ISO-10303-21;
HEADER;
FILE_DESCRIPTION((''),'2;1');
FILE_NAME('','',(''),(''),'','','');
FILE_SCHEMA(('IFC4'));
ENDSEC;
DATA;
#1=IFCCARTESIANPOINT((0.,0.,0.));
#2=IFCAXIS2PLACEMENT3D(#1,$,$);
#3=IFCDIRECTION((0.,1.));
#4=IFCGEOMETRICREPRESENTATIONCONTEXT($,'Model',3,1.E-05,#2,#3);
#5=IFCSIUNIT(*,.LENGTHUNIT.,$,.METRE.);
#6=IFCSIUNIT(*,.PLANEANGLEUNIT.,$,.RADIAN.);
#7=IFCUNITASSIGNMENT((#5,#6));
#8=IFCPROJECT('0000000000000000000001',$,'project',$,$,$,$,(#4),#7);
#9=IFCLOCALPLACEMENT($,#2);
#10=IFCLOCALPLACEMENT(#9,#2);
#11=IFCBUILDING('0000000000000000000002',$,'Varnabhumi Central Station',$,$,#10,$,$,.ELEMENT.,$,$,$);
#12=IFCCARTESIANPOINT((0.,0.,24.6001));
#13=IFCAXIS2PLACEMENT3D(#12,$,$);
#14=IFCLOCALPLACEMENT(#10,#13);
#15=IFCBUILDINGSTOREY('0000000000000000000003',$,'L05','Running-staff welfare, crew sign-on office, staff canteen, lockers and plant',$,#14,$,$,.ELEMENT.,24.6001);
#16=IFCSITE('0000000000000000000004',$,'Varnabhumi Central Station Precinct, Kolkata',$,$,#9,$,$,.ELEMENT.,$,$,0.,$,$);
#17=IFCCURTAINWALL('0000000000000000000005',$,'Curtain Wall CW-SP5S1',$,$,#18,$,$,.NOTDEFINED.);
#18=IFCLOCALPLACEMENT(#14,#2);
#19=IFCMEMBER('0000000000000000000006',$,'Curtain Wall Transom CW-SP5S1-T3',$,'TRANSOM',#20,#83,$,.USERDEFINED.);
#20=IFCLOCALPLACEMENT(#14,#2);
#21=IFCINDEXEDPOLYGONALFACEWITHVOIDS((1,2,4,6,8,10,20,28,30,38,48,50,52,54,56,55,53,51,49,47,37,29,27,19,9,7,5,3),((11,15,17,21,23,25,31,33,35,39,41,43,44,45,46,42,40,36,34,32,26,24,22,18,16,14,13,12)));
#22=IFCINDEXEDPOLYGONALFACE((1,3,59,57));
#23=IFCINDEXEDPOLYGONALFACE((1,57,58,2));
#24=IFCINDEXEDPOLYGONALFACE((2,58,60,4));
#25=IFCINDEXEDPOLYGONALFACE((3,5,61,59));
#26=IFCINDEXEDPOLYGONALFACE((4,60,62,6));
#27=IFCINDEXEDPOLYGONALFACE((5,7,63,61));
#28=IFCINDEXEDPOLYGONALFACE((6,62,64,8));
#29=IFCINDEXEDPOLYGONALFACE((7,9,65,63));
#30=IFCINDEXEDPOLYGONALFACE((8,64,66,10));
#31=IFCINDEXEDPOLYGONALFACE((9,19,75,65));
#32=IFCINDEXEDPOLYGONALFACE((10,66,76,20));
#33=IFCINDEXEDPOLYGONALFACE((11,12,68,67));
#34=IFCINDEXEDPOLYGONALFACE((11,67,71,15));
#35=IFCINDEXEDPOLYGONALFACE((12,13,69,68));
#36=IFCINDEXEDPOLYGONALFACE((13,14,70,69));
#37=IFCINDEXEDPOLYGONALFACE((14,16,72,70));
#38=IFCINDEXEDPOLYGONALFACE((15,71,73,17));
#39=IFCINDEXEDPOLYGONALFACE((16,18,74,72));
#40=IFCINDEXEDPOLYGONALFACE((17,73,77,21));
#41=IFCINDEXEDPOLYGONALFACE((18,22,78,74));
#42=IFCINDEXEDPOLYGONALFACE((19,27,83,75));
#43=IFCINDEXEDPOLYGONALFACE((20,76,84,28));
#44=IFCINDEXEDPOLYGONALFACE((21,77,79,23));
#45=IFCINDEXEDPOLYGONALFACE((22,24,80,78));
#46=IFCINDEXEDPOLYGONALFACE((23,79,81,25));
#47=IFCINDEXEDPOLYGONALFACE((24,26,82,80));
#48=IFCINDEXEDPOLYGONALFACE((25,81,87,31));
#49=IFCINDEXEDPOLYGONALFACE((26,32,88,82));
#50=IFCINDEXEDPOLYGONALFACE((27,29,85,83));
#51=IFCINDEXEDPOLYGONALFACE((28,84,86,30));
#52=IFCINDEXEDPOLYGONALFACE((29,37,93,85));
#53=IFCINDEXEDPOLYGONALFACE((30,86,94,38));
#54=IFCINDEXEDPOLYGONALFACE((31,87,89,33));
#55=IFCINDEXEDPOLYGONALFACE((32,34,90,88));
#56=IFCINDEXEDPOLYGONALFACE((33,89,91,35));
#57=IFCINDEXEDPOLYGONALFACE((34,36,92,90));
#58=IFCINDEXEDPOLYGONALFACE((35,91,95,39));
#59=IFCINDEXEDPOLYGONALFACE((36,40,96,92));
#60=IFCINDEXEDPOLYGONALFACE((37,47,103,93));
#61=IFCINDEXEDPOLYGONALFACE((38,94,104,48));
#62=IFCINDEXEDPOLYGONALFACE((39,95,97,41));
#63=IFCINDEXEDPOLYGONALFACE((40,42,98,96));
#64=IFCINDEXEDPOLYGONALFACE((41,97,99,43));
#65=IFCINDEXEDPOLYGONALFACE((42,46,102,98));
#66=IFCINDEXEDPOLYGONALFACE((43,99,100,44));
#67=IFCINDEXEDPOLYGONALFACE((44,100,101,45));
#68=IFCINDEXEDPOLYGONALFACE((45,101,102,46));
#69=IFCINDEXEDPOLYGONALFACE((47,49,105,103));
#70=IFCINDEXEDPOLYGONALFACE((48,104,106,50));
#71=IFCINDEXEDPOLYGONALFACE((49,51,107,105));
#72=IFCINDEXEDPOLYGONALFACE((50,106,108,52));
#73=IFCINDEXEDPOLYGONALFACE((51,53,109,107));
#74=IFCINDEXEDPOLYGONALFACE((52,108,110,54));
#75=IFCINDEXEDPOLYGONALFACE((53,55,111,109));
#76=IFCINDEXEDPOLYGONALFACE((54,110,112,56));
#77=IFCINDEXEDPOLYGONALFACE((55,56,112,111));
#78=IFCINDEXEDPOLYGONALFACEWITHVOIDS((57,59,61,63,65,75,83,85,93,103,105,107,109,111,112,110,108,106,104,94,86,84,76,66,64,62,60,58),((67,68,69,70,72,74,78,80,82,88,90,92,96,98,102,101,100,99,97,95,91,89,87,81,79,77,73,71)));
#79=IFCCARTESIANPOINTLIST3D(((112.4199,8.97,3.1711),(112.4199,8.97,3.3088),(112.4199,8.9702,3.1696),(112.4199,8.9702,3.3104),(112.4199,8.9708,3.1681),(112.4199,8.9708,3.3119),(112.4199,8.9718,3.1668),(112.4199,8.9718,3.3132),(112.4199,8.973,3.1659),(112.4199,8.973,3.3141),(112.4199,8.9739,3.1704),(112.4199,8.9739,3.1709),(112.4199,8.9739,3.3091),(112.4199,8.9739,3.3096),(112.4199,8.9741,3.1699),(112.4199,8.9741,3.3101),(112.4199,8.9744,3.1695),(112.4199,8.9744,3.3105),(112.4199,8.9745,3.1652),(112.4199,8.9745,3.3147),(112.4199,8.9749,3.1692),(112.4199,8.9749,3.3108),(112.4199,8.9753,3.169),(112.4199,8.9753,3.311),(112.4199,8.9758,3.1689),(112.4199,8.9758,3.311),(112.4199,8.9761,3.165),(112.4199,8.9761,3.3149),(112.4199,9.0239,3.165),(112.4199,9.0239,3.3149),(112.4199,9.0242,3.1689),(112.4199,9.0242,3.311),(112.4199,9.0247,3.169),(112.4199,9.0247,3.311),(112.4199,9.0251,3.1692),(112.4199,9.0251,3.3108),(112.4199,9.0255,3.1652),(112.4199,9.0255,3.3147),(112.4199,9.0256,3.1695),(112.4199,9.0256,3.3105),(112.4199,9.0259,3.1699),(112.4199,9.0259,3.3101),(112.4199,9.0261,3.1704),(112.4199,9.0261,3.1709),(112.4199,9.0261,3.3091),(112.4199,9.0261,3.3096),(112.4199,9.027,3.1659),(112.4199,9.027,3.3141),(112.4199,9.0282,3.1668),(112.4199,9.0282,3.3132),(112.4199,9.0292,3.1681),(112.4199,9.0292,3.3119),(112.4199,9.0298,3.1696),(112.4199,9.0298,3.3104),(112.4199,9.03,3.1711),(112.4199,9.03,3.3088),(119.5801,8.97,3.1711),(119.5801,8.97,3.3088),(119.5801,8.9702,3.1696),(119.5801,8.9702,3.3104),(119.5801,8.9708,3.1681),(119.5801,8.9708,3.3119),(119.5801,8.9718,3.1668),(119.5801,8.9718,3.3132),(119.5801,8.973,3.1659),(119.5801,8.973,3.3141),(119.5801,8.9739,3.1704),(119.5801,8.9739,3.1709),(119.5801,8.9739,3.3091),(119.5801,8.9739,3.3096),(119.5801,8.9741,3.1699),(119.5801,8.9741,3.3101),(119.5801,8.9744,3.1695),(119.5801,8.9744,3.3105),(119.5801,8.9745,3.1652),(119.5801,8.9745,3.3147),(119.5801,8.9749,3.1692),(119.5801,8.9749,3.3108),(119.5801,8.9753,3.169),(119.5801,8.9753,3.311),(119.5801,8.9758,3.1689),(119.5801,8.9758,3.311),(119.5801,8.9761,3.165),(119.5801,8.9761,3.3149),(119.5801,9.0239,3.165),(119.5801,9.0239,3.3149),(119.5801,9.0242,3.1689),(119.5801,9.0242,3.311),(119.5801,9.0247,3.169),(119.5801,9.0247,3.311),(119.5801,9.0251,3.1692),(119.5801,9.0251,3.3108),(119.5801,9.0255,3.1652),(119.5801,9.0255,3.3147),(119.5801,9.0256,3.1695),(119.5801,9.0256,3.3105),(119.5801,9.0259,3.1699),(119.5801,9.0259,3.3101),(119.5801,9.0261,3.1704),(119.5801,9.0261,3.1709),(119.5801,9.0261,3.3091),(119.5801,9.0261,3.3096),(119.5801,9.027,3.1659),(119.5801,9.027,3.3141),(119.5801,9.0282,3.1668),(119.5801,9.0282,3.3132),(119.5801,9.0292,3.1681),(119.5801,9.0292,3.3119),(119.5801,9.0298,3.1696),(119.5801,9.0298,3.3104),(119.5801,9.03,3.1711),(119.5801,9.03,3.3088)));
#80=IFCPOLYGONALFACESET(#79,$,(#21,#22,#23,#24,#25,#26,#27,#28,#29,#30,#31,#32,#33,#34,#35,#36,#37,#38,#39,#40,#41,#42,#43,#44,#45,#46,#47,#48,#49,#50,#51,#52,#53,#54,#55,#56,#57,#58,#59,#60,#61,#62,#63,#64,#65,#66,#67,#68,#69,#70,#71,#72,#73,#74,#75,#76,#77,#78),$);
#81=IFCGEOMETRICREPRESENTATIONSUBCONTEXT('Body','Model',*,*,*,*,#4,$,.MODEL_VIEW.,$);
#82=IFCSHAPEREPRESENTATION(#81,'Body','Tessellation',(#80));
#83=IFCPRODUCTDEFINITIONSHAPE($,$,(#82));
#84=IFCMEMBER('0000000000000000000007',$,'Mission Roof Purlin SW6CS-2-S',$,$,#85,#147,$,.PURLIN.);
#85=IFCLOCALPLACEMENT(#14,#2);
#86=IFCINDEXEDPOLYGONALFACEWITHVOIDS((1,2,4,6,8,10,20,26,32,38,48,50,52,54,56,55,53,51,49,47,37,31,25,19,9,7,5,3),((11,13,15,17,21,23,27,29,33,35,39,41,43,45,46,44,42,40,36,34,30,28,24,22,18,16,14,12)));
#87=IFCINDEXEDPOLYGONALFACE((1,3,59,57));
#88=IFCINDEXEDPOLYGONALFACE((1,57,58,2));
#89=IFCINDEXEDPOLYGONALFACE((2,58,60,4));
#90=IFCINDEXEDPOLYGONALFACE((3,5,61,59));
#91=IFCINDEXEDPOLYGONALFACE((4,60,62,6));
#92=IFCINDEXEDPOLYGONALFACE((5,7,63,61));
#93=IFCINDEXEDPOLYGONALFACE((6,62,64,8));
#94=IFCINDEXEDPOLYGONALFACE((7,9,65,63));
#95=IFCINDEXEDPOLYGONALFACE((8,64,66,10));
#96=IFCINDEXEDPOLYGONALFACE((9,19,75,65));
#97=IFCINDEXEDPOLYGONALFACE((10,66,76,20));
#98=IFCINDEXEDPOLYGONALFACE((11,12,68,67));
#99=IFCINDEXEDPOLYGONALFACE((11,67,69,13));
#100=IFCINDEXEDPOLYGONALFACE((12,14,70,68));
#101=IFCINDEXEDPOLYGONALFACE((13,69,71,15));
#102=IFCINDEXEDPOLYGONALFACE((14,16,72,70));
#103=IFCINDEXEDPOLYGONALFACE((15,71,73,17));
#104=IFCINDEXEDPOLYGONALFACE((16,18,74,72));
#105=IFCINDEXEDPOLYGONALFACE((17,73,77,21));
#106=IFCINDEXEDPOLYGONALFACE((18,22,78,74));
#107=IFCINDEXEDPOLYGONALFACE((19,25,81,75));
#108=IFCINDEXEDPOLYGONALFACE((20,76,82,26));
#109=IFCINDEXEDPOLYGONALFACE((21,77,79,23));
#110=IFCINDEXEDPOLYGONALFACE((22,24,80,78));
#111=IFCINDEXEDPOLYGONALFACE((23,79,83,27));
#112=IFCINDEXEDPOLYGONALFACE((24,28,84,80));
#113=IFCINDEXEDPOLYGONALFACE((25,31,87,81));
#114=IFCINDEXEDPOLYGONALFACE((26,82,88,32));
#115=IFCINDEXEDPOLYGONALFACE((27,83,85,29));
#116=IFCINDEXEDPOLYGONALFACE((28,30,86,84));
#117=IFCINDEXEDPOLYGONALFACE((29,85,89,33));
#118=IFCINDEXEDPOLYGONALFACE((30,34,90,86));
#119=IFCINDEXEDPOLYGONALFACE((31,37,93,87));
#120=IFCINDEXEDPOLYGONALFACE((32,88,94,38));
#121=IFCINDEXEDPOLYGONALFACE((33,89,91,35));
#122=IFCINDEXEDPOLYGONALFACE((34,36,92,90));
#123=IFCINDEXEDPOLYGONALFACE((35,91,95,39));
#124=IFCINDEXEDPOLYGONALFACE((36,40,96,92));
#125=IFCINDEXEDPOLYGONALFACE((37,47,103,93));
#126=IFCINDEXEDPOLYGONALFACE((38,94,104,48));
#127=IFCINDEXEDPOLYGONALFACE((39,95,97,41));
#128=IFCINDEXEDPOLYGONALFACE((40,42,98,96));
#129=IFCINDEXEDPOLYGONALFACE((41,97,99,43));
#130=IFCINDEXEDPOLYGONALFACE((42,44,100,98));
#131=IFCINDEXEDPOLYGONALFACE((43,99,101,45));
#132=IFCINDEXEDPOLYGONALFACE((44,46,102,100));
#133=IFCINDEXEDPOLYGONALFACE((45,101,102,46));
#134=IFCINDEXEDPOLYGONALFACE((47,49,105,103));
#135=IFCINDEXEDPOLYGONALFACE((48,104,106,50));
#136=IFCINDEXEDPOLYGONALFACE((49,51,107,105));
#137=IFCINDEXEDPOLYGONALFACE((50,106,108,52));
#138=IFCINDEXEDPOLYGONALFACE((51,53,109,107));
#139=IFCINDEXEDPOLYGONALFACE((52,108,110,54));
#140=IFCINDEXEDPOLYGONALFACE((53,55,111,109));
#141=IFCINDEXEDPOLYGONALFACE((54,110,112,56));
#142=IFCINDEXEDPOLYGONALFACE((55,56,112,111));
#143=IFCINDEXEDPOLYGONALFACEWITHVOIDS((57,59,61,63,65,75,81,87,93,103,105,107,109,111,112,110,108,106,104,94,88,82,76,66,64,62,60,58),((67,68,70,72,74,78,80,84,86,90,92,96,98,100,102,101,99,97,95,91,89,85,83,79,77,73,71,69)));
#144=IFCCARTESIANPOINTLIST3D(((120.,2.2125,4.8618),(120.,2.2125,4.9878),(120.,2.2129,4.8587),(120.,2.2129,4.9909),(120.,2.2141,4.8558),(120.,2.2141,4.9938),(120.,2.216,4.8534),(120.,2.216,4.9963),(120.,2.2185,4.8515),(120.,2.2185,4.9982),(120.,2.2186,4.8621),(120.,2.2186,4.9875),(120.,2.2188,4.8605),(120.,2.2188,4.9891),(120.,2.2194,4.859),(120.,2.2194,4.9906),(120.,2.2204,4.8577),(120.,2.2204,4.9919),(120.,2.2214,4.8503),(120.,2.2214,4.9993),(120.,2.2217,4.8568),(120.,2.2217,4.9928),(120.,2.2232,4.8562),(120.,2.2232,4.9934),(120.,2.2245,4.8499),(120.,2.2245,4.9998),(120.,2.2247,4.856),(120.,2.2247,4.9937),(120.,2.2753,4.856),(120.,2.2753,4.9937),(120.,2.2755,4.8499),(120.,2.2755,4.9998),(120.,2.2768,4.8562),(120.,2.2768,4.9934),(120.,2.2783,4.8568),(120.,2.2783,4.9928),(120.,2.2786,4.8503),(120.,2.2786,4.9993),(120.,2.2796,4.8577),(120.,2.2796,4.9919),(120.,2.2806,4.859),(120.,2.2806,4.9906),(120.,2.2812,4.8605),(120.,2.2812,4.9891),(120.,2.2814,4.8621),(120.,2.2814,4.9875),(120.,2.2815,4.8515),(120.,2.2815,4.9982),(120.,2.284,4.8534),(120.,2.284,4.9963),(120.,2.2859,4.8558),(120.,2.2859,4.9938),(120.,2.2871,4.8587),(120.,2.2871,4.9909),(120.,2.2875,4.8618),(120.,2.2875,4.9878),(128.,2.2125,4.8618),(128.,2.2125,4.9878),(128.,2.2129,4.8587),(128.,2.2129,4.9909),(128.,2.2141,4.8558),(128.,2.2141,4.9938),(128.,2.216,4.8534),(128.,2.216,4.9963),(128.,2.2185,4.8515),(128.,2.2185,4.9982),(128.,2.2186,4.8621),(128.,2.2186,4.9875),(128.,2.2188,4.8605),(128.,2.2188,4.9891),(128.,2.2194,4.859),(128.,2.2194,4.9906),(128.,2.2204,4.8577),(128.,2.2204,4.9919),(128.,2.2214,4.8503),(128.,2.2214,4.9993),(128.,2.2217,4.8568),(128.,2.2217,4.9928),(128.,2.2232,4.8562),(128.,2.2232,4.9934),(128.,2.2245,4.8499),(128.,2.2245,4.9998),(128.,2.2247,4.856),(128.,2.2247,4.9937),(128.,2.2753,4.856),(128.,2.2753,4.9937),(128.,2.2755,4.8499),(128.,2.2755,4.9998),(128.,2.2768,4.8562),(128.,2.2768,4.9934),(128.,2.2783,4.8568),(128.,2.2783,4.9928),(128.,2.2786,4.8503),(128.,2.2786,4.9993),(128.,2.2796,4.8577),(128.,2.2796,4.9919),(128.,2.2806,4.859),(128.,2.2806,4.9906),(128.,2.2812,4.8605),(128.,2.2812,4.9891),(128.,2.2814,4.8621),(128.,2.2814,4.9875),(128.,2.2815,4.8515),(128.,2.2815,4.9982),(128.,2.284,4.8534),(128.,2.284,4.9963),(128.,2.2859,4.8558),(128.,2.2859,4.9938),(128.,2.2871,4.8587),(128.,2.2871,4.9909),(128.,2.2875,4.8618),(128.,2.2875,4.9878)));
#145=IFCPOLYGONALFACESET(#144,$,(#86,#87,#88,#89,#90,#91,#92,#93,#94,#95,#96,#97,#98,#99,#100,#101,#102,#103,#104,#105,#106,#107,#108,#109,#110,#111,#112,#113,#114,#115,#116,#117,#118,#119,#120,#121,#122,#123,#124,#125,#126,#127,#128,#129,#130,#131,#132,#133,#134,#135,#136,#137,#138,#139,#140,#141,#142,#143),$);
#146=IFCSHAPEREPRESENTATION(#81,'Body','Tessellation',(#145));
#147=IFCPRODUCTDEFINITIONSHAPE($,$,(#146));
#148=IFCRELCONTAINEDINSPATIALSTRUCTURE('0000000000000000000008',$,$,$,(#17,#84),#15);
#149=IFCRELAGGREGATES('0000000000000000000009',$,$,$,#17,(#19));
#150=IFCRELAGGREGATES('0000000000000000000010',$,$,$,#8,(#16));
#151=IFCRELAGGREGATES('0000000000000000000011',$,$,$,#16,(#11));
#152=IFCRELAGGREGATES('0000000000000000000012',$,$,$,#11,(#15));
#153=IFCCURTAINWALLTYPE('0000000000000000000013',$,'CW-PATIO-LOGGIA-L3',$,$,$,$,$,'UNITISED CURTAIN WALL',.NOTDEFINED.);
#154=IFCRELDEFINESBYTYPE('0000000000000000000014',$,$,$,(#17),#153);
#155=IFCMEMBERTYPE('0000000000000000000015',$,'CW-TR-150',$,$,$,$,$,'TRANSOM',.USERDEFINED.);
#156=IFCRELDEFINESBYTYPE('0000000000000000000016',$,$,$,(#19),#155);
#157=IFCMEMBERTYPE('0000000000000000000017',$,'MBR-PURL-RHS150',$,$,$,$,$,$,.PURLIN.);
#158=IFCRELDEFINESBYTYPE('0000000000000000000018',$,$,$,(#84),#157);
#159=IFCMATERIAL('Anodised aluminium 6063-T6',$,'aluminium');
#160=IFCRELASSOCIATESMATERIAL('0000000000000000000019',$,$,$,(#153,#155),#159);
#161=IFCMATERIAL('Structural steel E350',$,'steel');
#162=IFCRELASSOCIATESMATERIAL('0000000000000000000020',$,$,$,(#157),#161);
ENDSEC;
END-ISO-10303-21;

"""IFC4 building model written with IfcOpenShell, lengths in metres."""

from ifc_helpers import new_model, si_unit, direction, frame, origin, origin_2d, place, context, subcontext, project, spatial, hollow_rectangle, extrude, material, material_profile, profile_set, type_object, element, aggregate, save


model = new_model("IFC4")

# Units and contexts
model_context = context("Model", 3, precision=1e-05, world=origin(), true_north=direction((0.0, 1.0)))
body_context = subcontext(model_context, "Body", "Model", "MODEL_VIEW")
ifc_project = project(units=[si_unit("LENGTHUNIT", "METRE"), si_unit("PLANEANGLEUNIT", "RADIAN")], contexts=[model_context])

# Site, building, storey
site_placement = place(None, origin())
site = spatial("IfcSite", under=ifc_project, at=site_placement, Name="Varnabhumi Central Station Precinct, Kolkata", CompositionType="ELEMENT", RefElevation=0.0)
building_placement = place(site_placement, origin())
building = spatial("IfcBuilding", under=site, at=building_placement, Name="Varnabhumi Central Station", CompositionType="ELEMENT")
storey_placement = place(building_placement, frame((0.0, 0.0, 24.6001)))
storey = spatial("IfcBuildingStorey", under=building, at=storey_placement, Name="L05", Description="Running-staff welfare, crew sign-on office, staff canteen, lockers and plant", CompositionType="ELEMENT", Elevation=24.6001)

# Shared definitions
ifc_material_1 = material(Name="Structural steel E350", Category="steel")

# Curtain wall, member
ifc_material_2 = material(Name="Anodised aluminium 6063-T6", Category="aluminium")
curtain_wall_type = type_object("IfcCurtainWallType", Name="CW-PATIO-LOGGIA-L3", ElementType="UNITISED CURTAIN WALL", PredefinedType="NOTDEFINED", material=ifc_material_2)
curtain_wall_placement = place(storey_placement, origin())
curtain_wall = element("IfcCurtainWall", 1, at=curtain_wall_placement, inside=storey, type_object=curtain_wall_type, Name="Curtain Wall CW-SP5S1", PredefinedType="NOTDEFINED")
ifc_material_profile_1 = material_profile(ifc_material_2, hollow_rectangle(XDim=0.0601, YDim=0.1499, WallThickness=0.0039, InnerFilletRadius=0.002, OuterFilletRadius=0.0061, at=origin_2d()), Name="Anodised aluminium 6063-T6", Category="aluminium")
ifc_profile_set_1 = profile_set([ifc_material_profile_1], Name="Anodised aluminium 6063-T6")
member_type_1 = type_object("IfcMemberType", Name="CW-TR-150", ElementType="TRANSOM", PredefinedType="USERDEFINED", material=ifc_profile_set_1)
member_1_placement = place(storey_placement, frame((112.4199, 9.0, 3.24), z_axis=(1.0, 0.0, 0.0), x_axis=(0.0, 1.0, 0.0)))
member_1 = element("IfcMember", 2, at=member_1_placement, type_object=member_type_1, Name="Curtain Wall Transom CW-SP5S1-T3", ObjectType="TRANSOM", PredefinedType="USERDEFINED", context=body_context, shape_type="SweptSolid", body=[
    extrude(hollow_rectangle(XDim=0.0601, YDim=0.1499, WallThickness=0.0039, InnerFilletRadius=0.002, OuterFilletRadius=0.0061, at=origin_2d()), origin(), (0.0, 0.0, 1.0), 7.1602),
])

# Member
ifc_material_profile_2 = material_profile(ifc_material_1, hollow_rectangle(XDim=0.075, YDim=0.1499, WallThickness=0.0061, InnerFilletRadius=0.0061, OuterFilletRadius=0.012, at=origin_2d()), Name="Structural steel E350", Category="steel")
ifc_profile_set_2 = profile_set([ifc_material_profile_2], Name="Structural steel E350")
member_type_2 = type_object("IfcMemberType", Name="MBR-PURL-RHS150", PredefinedType="PURLIN", material=ifc_profile_set_2)
for number, where, z_axis, x_axis, name in (
    (3, (120.0, 2.25, 4.9248), (1.0, 0.0, 0.0), (0.0, 1.0, 0.0), "Mission Roof Purlin SW6CS-2-S"),
):
    element("IfcMember", number, at=place(storey_placement, frame(where, z_axis=z_axis, x_axis=x_axis)), inside=storey, type_object=member_type_2, Name=name, PredefinedType="PURLIN", context=body_context, shape_type="SweptSolid", body=[
        extrude(hollow_rectangle(XDim=0.075, YDim=0.1499, WallThickness=0.0061, InnerFilletRadius=0.0061, OuterFilletRadius=0.012, at=origin_2d()), origin(), (0.0, 0.0, 1.0), 8.0),
    ])

aggregate(curtain_wall, [member_1])

save(model, "model.ifc")
